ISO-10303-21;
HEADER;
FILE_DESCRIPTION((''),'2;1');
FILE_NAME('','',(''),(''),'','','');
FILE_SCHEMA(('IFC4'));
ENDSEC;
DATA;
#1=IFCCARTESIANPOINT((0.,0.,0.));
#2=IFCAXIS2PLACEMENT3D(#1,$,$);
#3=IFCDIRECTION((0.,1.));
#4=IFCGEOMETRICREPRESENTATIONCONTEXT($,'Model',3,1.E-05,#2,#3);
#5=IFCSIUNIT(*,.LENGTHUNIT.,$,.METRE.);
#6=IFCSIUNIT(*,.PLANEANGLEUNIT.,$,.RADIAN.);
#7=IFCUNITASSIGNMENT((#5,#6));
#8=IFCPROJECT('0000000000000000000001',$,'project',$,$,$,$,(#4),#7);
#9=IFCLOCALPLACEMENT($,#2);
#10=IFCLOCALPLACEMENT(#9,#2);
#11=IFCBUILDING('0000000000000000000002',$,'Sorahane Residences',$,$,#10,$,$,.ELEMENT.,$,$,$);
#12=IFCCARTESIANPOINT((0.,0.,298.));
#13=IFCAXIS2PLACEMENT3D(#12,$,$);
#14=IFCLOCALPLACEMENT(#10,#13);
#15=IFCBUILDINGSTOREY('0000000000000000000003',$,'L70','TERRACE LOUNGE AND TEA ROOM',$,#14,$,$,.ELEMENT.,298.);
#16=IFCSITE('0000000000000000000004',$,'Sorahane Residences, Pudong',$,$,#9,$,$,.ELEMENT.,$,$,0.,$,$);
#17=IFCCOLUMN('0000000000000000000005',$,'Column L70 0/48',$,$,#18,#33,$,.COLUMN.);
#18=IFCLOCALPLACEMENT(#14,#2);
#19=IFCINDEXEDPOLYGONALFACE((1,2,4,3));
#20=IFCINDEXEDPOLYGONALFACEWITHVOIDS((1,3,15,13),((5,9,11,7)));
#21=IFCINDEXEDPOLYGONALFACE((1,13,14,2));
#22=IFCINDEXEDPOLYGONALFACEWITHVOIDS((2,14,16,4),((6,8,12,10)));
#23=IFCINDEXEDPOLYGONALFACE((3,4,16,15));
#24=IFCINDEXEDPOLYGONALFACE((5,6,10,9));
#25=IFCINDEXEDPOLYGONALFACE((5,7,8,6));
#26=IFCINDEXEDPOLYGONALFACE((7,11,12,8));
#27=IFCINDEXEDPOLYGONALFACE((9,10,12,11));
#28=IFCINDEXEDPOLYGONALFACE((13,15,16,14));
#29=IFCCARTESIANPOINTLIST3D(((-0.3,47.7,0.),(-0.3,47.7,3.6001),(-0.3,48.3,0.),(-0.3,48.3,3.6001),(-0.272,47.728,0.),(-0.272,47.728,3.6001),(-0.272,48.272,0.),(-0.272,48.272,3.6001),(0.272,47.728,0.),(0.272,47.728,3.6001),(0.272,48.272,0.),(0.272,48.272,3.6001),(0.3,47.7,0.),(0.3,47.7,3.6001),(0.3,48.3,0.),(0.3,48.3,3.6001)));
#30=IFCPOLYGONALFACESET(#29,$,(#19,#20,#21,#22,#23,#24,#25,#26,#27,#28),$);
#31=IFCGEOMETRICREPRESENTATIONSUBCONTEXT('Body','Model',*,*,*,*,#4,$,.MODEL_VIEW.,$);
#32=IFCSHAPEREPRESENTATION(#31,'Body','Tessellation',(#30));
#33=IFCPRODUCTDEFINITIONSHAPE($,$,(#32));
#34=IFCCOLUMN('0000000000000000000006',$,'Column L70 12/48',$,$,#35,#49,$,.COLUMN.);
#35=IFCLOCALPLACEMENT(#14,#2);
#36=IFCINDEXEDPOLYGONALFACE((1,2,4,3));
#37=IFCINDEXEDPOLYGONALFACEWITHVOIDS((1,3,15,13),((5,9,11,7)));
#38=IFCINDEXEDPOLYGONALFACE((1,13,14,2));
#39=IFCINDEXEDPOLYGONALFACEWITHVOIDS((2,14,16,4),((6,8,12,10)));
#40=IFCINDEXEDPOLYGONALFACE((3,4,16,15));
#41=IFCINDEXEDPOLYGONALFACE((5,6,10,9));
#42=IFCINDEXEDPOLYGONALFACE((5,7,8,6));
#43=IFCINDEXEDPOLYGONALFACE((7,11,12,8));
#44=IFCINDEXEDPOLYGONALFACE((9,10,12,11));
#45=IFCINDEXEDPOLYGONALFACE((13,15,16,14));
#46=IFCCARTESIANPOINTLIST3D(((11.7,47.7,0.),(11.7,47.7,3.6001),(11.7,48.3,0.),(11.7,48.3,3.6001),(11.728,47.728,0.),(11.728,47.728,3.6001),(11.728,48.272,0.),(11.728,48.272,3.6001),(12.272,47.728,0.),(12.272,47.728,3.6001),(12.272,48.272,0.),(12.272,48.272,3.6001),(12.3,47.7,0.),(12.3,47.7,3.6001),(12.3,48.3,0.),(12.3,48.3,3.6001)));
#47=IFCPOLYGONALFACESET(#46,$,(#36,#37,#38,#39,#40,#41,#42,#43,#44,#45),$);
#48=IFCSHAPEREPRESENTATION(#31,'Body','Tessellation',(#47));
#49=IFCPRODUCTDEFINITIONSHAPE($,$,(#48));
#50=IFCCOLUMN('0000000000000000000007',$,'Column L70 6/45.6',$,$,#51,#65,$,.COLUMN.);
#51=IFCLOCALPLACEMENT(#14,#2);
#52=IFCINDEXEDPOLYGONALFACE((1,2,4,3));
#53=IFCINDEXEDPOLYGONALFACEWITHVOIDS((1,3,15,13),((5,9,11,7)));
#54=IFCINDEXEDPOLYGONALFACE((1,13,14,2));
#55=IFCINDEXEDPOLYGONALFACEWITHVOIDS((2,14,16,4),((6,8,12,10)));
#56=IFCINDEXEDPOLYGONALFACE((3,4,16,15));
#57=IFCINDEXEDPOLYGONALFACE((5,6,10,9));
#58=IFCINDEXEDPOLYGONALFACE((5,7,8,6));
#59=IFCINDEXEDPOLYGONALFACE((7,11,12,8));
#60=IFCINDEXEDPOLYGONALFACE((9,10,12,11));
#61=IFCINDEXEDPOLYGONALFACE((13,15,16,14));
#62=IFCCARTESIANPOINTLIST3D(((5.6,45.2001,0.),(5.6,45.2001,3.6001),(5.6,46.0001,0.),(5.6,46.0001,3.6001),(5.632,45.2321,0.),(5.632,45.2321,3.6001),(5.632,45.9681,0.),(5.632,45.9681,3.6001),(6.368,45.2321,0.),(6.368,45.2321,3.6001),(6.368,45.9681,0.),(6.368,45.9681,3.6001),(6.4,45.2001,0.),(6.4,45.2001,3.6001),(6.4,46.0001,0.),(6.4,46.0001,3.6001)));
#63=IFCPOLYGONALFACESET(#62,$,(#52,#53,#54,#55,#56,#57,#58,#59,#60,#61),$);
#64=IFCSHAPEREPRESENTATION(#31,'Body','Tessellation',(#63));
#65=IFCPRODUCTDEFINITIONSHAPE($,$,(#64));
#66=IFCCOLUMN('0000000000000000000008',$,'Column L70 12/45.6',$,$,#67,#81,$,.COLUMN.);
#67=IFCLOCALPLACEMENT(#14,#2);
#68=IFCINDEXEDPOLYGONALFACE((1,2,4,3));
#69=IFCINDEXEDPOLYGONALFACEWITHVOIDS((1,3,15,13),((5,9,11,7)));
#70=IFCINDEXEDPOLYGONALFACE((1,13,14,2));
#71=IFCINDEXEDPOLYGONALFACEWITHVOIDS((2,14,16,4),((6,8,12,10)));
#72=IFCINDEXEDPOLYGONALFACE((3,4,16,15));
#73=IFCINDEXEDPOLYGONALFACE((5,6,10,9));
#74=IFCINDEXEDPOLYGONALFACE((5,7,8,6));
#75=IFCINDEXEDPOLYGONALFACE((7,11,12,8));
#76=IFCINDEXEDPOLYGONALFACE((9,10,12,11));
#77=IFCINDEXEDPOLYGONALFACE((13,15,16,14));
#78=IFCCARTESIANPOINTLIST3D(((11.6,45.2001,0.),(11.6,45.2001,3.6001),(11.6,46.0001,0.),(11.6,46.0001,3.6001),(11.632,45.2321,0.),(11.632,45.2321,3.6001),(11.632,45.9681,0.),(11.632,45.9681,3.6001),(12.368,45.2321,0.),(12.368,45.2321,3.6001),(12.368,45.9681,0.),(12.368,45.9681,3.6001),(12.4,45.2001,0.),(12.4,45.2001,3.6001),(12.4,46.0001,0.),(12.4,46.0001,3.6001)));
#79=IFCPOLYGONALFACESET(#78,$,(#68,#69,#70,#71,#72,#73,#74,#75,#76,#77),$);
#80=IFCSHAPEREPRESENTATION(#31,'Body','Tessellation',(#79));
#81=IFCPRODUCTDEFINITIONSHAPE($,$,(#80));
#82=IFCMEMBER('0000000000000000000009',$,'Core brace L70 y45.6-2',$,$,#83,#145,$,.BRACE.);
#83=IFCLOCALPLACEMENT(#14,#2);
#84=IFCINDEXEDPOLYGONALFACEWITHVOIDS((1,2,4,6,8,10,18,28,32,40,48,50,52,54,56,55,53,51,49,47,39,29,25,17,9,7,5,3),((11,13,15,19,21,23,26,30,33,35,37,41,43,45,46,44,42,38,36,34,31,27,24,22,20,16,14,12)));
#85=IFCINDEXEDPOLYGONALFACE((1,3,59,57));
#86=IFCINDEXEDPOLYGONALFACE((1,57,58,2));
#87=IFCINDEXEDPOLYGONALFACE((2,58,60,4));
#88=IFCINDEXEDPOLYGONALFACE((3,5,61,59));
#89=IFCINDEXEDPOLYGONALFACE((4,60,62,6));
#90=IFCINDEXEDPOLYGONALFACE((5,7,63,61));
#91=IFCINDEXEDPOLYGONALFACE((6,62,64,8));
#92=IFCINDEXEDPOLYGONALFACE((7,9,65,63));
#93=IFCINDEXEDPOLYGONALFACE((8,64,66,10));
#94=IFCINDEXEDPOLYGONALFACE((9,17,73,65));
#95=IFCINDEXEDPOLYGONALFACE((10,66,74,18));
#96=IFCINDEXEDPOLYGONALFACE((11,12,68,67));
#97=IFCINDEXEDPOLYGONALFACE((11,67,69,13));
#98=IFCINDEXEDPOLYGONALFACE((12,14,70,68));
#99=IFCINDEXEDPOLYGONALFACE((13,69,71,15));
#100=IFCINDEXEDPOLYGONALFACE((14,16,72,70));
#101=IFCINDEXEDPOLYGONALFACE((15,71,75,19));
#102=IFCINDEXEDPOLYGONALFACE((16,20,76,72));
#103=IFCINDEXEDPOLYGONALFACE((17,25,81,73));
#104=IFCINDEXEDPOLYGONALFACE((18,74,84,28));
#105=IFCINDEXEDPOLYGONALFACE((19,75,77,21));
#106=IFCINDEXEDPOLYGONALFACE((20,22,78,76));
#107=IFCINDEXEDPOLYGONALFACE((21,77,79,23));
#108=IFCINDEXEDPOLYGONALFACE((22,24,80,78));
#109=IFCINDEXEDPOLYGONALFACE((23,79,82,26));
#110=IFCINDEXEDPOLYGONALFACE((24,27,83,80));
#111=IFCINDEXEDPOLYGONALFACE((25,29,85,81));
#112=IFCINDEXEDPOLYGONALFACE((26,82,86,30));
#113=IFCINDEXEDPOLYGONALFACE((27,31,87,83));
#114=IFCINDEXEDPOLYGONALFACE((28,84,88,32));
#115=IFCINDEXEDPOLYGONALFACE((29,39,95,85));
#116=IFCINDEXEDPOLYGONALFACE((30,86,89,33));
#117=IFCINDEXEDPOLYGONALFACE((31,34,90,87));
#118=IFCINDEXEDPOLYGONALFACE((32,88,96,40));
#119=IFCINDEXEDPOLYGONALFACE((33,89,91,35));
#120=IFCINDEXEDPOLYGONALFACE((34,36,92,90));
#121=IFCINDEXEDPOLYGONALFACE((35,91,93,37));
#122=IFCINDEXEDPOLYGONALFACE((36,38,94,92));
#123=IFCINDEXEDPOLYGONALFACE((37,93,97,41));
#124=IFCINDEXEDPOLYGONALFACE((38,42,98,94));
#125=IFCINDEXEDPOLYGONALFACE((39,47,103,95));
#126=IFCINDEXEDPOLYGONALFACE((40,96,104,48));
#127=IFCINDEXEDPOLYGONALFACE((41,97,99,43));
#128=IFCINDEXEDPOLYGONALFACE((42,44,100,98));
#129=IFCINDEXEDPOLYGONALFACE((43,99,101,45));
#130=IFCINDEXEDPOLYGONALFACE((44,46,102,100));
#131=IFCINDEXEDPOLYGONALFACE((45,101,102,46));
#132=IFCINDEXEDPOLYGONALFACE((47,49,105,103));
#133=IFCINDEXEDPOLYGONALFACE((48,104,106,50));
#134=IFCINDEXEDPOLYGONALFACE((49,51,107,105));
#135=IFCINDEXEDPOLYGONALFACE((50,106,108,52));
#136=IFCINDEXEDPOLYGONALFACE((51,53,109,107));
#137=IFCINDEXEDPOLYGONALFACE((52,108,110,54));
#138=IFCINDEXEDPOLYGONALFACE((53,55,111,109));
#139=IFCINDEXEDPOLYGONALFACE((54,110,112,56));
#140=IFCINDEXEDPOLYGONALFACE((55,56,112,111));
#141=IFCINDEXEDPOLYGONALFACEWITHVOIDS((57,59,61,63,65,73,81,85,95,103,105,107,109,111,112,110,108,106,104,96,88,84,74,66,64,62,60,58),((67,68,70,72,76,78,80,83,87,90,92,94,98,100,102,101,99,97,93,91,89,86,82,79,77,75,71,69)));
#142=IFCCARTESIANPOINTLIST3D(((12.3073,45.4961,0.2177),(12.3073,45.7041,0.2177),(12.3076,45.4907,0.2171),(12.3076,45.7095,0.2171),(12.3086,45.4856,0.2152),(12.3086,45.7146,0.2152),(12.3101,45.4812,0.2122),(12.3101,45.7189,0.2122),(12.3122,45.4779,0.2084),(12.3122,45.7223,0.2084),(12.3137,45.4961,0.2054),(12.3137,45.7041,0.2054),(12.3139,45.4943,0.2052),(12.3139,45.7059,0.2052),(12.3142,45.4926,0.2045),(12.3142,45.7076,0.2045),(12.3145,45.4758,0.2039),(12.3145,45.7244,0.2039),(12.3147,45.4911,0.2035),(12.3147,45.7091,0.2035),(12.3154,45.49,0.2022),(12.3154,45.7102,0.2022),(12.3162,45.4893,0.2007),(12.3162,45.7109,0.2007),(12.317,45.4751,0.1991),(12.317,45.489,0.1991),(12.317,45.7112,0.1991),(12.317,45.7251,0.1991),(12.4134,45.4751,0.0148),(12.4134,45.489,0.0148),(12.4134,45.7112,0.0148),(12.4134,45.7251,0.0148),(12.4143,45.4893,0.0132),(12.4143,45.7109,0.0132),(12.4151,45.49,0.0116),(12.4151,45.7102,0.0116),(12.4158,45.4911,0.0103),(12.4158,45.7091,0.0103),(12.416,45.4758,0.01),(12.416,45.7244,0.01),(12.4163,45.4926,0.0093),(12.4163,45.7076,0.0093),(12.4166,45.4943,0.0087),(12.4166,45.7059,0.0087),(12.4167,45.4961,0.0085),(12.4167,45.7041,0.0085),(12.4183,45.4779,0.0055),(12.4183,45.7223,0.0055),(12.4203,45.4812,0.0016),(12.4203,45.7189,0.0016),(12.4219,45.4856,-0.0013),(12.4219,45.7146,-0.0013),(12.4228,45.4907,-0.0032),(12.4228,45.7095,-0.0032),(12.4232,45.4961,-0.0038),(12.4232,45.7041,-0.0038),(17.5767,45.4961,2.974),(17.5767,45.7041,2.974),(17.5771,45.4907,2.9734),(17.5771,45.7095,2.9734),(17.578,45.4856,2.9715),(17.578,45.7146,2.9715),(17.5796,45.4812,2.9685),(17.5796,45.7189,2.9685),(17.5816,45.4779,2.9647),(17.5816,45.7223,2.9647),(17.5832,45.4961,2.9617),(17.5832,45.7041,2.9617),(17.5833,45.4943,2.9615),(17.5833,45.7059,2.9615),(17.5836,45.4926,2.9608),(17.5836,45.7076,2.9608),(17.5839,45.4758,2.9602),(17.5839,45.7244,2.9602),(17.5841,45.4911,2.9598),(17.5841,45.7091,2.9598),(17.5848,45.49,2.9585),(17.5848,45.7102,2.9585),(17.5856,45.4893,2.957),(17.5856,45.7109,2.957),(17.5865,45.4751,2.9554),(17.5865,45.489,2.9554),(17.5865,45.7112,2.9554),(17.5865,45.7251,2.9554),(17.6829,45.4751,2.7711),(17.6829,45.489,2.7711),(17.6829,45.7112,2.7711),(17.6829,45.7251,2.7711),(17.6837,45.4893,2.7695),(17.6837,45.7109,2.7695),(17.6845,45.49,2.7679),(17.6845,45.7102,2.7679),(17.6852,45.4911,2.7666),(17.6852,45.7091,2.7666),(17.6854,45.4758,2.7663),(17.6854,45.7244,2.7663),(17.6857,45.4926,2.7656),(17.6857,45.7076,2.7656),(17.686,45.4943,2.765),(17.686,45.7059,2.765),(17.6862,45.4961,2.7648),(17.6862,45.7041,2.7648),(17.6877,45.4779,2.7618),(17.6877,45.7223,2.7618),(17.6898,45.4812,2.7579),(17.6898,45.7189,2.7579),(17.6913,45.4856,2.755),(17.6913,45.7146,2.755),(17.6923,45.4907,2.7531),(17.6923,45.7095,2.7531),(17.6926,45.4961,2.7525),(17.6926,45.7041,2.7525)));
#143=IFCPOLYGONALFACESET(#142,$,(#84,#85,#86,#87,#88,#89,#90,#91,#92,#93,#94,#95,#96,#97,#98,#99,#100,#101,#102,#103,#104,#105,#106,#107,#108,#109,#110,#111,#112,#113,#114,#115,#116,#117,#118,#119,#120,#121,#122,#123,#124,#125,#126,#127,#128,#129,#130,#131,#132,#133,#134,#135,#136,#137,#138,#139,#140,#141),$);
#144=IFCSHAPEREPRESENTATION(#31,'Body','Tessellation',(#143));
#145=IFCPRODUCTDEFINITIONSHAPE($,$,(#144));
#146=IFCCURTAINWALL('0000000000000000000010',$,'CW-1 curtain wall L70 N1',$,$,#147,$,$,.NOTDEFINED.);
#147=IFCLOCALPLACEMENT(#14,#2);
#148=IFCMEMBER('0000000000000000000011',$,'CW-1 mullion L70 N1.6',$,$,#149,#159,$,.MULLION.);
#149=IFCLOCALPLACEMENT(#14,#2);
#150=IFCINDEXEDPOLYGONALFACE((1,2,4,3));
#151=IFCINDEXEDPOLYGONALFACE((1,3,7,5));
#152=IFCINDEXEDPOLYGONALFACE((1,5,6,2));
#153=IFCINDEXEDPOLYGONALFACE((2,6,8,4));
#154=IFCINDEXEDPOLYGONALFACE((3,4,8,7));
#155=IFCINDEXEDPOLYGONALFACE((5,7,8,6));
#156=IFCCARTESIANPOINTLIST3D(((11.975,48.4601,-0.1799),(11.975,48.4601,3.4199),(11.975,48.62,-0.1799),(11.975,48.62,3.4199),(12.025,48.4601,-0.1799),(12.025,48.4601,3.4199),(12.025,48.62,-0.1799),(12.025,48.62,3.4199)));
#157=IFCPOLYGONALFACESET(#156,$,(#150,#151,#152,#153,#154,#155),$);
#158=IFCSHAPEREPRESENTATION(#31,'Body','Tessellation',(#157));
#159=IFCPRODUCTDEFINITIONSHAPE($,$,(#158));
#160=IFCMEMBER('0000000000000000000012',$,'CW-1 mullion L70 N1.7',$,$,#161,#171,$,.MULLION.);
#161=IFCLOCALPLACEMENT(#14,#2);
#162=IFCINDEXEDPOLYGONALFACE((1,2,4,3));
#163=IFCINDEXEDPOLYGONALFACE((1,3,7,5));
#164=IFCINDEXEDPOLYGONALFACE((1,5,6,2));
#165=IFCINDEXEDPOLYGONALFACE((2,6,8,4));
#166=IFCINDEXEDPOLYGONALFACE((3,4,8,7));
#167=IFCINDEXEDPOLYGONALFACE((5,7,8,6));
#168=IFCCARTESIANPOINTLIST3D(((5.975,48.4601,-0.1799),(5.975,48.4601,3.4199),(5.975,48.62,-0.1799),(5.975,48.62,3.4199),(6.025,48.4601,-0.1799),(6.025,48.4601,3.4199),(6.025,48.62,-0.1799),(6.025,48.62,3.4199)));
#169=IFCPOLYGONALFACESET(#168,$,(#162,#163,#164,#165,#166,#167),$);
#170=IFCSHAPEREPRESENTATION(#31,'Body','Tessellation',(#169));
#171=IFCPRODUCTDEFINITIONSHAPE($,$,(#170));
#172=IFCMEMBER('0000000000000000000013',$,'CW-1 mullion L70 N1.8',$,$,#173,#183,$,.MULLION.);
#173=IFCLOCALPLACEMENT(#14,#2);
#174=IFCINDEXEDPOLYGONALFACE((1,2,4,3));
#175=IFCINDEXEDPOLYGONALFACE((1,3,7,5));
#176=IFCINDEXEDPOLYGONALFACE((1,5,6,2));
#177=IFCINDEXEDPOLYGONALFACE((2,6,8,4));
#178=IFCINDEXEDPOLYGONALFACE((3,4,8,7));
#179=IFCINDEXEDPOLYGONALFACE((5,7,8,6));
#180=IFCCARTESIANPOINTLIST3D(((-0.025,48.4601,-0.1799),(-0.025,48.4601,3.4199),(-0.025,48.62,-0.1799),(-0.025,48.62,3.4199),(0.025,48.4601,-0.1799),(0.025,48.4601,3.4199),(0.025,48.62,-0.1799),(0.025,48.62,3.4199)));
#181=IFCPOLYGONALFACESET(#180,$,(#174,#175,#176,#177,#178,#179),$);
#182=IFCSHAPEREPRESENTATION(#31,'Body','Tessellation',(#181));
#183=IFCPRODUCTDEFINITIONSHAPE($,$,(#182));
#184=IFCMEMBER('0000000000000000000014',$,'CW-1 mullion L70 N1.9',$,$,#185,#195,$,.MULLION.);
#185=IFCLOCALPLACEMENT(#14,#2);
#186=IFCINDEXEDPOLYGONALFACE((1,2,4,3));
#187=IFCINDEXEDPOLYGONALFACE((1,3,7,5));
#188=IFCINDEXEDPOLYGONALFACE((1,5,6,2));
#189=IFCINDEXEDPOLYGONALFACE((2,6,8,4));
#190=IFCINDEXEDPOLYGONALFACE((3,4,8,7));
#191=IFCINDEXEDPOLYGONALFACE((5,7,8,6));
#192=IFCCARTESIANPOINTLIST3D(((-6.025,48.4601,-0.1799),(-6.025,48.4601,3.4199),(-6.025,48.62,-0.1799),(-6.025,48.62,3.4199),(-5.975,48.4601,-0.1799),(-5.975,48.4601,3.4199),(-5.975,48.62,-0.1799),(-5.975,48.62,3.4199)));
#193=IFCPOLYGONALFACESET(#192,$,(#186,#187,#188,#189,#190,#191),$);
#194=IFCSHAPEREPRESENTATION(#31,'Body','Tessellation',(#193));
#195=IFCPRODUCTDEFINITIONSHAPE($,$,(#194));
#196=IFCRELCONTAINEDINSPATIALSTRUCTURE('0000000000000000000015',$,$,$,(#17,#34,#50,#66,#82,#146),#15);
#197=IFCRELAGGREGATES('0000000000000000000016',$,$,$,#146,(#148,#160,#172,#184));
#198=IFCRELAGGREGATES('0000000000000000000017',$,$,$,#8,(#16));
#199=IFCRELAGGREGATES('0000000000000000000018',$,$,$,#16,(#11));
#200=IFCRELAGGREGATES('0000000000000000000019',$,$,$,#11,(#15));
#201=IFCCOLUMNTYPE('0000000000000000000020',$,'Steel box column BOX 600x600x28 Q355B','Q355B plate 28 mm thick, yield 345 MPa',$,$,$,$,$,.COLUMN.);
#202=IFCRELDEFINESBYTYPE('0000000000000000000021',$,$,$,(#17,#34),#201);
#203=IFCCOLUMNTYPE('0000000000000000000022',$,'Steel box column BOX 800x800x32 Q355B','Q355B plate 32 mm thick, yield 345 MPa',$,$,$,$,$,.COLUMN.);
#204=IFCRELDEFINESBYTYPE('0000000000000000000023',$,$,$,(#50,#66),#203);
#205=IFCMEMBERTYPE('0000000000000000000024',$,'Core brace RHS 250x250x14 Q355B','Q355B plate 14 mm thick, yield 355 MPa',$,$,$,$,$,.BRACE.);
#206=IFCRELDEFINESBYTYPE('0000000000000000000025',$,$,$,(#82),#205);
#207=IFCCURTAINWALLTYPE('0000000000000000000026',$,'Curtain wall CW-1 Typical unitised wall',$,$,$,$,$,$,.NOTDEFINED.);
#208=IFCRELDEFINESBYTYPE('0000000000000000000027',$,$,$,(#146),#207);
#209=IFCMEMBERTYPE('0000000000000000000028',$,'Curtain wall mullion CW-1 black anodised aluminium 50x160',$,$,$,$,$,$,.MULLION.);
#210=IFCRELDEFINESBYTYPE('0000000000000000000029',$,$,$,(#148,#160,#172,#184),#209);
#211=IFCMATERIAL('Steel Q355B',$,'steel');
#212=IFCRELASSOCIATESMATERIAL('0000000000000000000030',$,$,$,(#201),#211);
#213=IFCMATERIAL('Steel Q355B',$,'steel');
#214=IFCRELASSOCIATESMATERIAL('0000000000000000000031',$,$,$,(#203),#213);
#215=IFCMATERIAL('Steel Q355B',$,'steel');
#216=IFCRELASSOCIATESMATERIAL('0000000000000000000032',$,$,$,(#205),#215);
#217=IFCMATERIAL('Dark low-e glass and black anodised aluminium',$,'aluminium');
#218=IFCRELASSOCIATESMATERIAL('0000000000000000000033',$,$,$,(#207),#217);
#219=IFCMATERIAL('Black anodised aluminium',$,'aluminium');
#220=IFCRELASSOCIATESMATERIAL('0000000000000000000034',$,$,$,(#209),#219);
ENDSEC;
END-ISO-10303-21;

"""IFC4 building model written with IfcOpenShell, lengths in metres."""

from ifc_helpers import new_model, si_unit, direction, frame, origin, origin_2d, place, context, subcontext, project, spatial, rectangle, hollow_rectangle, extrude, material, material_profile, profile_set, type_object, element, aggregate, save


model = new_model("IFC4")

# Units and contexts
model_context = context("Model", 3, precision=1e-05, world=origin(), true_north=direction((0.0, 1.0)))
body_context = subcontext(model_context, "Body", "Model", "MODEL_VIEW")
ifc_project = project(units=[si_unit("LENGTHUNIT", "METRE"), si_unit("PLANEANGLEUNIT", "RADIAN")], contexts=[model_context])

# Site, building, storey
site_placement = place(None, origin())
site = spatial("IfcSite", under=ifc_project, at=site_placement, Name="Sorahane Residences, Pudong", CompositionType="ELEMENT", RefElevation=0.0)
building_placement = place(site_placement, origin())
building = spatial("IfcBuilding", under=site, at=building_placement, Name="Sorahane Residences", CompositionType="ELEMENT")
storey_placement = place(building_placement, frame((0.0, 0.0, 298.0)))
storey = spatial("IfcBuildingStorey", under=building, at=storey_placement, Name="L70", Description="TERRACE LOUNGE AND TEA ROOM", CompositionType="ELEMENT", Elevation=298.0)

# Columns
ifc_material_1 = material(Name="Steel Q355B", Category="steel")
ifc_material_profile_1 = material_profile(ifc_material_1, hollow_rectangle(XDim=0.6001, YDim=0.6001, WallThickness=0.0281, at=origin_2d()), Name="BOX 600x600x28")
ifc_profile_set_1 = profile_set([ifc_material_profile_1], Name="Steel Q355B")
column_type_1 = type_object("IfcColumnType", Name="Steel box column BOX 600x600x28 Q355B", Description="Q355B plate 28 mm thick, yield 345 MPa", PredefinedType="COLUMN", material=ifc_profile_set_1)
for number, where, z_axis, x_axis, name in (
    (1, (0.0, 48.0, 0.0), (0.0, 0.0, 1.0), (1.0, 0.0, 0.0), "Column L70 0/48"),
    (2, (12.0, 48.0, 0.0), (0.0, 0.0, 1.0), (1.0, 0.0, 0.0), "Column L70 12/48"),
):
    element("IfcColumn", number, at=place(storey_placement, frame(where, z_axis=z_axis, x_axis=x_axis)), inside=storey, type_object=column_type_1, Name=name, PredefinedType="COLUMN", context=body_context, shape_type="SweptSolid", body=[
        extrude(hollow_rectangle(XDim=0.6001, YDim=0.6001, WallThickness=0.0281, at=origin_2d()), origin(), (0.0, 0.0, 1.0), 3.6001),
    ])
ifc_material_2 = material(Name="Steel Q355B", Category="steel")
ifc_material_profile_2 = material_profile(ifc_material_2, hollow_rectangle(XDim=0.8, YDim=0.8, WallThickness=0.032, at=origin_2d()), Name="BOX 800x800x32")
ifc_profile_set_2 = profile_set([ifc_material_profile_2], Name="Steel Q355B")
column_type_2 = type_object("IfcColumnType", Name="Steel box column BOX 800x800x32 Q355B", Description="Q355B plate 32 mm thick, yield 345 MPa", PredefinedType="COLUMN", material=ifc_profile_set_2)
for number, where, z_axis, x_axis, name in (
    (3, (6.0, 45.6001, 0.0), (0.0, 0.0, 1.0), (1.0, 0.0, 0.0), "Column L70 6/45.6"),
    (4, (12.0, 45.6001, 0.0), (0.0, 0.0, 1.0), (1.0, 0.0, 0.0), "Column L70 12/45.6"),
):
    element("IfcColumn", number, at=place(storey_placement, frame(where, z_axis=z_axis, x_axis=x_axis)), inside=storey, type_object=column_type_2, Name=name, PredefinedType="COLUMN", context=body_context, shape_type="SweptSolid", body=[
        extrude(hollow_rectangle(XDim=0.8, YDim=0.8, WallThickness=0.032, at=origin_2d()), origin(), (0.0, 0.0, 1.0), 3.6001),
    ])

# Member
ifc_material_3 = material(Name="Steel Q355B", Category="steel")
ifc_material_profile_3 = material_profile(ifc_material_3, hollow_rectangle(XDim=0.25, YDim=0.25, WallThickness=0.0139, InnerFilletRadius=0.0071, OuterFilletRadius=0.021, at=origin_2d()), Name="RHS 250x250x14")
ifc_profile_set_3 = profile_set([ifc_material_profile_3], Name="Steel Q355B")
member_type_1 = type_object("IfcMemberType", Name="Core brace RHS 250x250x14 Q355B", Description="Q355B plate 14 mm thick, yield 355 MPa", PredefinedType="BRACE", material=ifc_profile_set_3)
member_1_placement = place(storey_placement, frame((12.3652, 45.6001, 0.1069), z_axis=(0.8861, 0.0, 0.463495), x_axis=(0.0, 1.0, 0.0)))
element("IfcMember", 5, at=member_1_placement, inside=storey, type_object=member_type_1, Name="Core brace L70 y45.6-2", PredefinedType="BRACE", context=body_context, shape_type="SweptSolid", body=[
    extrude(hollow_rectangle(XDim=0.25, YDim=0.25, WallThickness=0.0139, InnerFilletRadius=0.0071, OuterFilletRadius=0.021, at=origin_2d()), origin(), (0.0, 0.0, 1.0), 5.9468),
])

# Curtain wall, members
ifc_material_4 = material(Name="Dark low-e glass and black anodised aluminium", Category="aluminium")
curtain_wall_type = type_object("IfcCurtainWallType", Name="Curtain wall CW-1 Typical unitised wall", PredefinedType="NOTDEFINED", material=ifc_material_4)
curtain_wall_placement = place(storey_placement, origin())
curtain_wall = element("IfcCurtainWall", 6, at=curtain_wall_placement, inside=storey, type_object=curtain_wall_type, Name="CW-1 curtain wall L70 N1", PredefinedType="NOTDEFINED")
ifc_material_5 = material(Name="Black anodised aluminium", Category="aluminium")
ifc_material_profile_4 = material_profile(ifc_material_5, rectangle(XDim=0.1599, YDim=0.05, at=origin_2d()), Name="Curtain wall mullion CW-1 black anodised aluminium 50x160")
ifc_profile_set_4 = profile_set([ifc_material_profile_4], Name="Black anodised aluminium")
member_type_2 = type_object("IfcMemberType", Name="Curtain wall mullion CW-1 black anodised aluminium 50x160", PredefinedType="MULLION", material=ifc_profile_set_4)
member_2_placement = place(storey_placement, frame((12.0, 48.54, -0.1799), z_axis=(0.0, 0.0, 1.0), x_axis=(0.0, 1.0, 0.0)))
member_2 = element("IfcMember", 7, at=member_2_placement, type_object=member_type_2, Name="CW-1 mullion L70 N1.6", PredefinedType="MULLION", context=body_context, shape_type="SweptSolid", body=[
    extrude(rectangle(XDim=0.1599, YDim=0.05, at=origin_2d()), origin(), (0.0, 0.0, 1.0), 3.5999),
])
member_3_placement = place(storey_placement, frame((6.0, 48.54, -0.1799), z_axis=(0.0, 0.0, 1.0), x_axis=(0.0, 1.0, 0.0)))
member_3 = element("IfcMember", 8, at=member_3_placement, type_object=member_type_2, Name="CW-1 mullion L70 N1.7", PredefinedType="MULLION", context=body_context, shape_type="SweptSolid", body=[
    extrude(rectangle(XDim=0.1599, YDim=0.05, at=origin_2d()), origin(), (0.0, 0.0, 1.0), 3.5999),
])
member_4_placement = place(storey_placement, frame((0.0, 48.54, -0.1799), z_axis=(0.0, 0.0, 1.0), x_axis=(0.0, 1.0, 0.0)))
member_4 = element("IfcMember", 9, at=member_4_placement, type_object=member_type_2, Name="CW-1 mullion L70 N1.8", PredefinedType="MULLION", context=body_context, shape_type="SweptSolid", body=[
    extrude(rectangle(XDim=0.1599, YDim=0.05, at=origin_2d()), origin(), (0.0, 0.0, 1.0), 3.5999),
])
member_5_placement = place(storey_placement, frame((-6.0, 48.54, -0.1799), z_axis=(0.0, 0.0, 1.0), x_axis=(0.0, 1.0, 0.0)))
member_5 = element("IfcMember", 10, at=member_5_placement, type_object=member_type_2, Name="CW-1 mullion L70 N1.9", PredefinedType="MULLION", context=body_context, shape_type="SweptSolid", body=[
    extrude(rectangle(XDim=0.1599, YDim=0.05, at=origin_2d()), origin(), (0.0, 0.0, 1.0), 3.5999),
])

aggregate(curtain_wall, [member_2, member_3, member_4, member_5])

save(model, "model.ifc")
